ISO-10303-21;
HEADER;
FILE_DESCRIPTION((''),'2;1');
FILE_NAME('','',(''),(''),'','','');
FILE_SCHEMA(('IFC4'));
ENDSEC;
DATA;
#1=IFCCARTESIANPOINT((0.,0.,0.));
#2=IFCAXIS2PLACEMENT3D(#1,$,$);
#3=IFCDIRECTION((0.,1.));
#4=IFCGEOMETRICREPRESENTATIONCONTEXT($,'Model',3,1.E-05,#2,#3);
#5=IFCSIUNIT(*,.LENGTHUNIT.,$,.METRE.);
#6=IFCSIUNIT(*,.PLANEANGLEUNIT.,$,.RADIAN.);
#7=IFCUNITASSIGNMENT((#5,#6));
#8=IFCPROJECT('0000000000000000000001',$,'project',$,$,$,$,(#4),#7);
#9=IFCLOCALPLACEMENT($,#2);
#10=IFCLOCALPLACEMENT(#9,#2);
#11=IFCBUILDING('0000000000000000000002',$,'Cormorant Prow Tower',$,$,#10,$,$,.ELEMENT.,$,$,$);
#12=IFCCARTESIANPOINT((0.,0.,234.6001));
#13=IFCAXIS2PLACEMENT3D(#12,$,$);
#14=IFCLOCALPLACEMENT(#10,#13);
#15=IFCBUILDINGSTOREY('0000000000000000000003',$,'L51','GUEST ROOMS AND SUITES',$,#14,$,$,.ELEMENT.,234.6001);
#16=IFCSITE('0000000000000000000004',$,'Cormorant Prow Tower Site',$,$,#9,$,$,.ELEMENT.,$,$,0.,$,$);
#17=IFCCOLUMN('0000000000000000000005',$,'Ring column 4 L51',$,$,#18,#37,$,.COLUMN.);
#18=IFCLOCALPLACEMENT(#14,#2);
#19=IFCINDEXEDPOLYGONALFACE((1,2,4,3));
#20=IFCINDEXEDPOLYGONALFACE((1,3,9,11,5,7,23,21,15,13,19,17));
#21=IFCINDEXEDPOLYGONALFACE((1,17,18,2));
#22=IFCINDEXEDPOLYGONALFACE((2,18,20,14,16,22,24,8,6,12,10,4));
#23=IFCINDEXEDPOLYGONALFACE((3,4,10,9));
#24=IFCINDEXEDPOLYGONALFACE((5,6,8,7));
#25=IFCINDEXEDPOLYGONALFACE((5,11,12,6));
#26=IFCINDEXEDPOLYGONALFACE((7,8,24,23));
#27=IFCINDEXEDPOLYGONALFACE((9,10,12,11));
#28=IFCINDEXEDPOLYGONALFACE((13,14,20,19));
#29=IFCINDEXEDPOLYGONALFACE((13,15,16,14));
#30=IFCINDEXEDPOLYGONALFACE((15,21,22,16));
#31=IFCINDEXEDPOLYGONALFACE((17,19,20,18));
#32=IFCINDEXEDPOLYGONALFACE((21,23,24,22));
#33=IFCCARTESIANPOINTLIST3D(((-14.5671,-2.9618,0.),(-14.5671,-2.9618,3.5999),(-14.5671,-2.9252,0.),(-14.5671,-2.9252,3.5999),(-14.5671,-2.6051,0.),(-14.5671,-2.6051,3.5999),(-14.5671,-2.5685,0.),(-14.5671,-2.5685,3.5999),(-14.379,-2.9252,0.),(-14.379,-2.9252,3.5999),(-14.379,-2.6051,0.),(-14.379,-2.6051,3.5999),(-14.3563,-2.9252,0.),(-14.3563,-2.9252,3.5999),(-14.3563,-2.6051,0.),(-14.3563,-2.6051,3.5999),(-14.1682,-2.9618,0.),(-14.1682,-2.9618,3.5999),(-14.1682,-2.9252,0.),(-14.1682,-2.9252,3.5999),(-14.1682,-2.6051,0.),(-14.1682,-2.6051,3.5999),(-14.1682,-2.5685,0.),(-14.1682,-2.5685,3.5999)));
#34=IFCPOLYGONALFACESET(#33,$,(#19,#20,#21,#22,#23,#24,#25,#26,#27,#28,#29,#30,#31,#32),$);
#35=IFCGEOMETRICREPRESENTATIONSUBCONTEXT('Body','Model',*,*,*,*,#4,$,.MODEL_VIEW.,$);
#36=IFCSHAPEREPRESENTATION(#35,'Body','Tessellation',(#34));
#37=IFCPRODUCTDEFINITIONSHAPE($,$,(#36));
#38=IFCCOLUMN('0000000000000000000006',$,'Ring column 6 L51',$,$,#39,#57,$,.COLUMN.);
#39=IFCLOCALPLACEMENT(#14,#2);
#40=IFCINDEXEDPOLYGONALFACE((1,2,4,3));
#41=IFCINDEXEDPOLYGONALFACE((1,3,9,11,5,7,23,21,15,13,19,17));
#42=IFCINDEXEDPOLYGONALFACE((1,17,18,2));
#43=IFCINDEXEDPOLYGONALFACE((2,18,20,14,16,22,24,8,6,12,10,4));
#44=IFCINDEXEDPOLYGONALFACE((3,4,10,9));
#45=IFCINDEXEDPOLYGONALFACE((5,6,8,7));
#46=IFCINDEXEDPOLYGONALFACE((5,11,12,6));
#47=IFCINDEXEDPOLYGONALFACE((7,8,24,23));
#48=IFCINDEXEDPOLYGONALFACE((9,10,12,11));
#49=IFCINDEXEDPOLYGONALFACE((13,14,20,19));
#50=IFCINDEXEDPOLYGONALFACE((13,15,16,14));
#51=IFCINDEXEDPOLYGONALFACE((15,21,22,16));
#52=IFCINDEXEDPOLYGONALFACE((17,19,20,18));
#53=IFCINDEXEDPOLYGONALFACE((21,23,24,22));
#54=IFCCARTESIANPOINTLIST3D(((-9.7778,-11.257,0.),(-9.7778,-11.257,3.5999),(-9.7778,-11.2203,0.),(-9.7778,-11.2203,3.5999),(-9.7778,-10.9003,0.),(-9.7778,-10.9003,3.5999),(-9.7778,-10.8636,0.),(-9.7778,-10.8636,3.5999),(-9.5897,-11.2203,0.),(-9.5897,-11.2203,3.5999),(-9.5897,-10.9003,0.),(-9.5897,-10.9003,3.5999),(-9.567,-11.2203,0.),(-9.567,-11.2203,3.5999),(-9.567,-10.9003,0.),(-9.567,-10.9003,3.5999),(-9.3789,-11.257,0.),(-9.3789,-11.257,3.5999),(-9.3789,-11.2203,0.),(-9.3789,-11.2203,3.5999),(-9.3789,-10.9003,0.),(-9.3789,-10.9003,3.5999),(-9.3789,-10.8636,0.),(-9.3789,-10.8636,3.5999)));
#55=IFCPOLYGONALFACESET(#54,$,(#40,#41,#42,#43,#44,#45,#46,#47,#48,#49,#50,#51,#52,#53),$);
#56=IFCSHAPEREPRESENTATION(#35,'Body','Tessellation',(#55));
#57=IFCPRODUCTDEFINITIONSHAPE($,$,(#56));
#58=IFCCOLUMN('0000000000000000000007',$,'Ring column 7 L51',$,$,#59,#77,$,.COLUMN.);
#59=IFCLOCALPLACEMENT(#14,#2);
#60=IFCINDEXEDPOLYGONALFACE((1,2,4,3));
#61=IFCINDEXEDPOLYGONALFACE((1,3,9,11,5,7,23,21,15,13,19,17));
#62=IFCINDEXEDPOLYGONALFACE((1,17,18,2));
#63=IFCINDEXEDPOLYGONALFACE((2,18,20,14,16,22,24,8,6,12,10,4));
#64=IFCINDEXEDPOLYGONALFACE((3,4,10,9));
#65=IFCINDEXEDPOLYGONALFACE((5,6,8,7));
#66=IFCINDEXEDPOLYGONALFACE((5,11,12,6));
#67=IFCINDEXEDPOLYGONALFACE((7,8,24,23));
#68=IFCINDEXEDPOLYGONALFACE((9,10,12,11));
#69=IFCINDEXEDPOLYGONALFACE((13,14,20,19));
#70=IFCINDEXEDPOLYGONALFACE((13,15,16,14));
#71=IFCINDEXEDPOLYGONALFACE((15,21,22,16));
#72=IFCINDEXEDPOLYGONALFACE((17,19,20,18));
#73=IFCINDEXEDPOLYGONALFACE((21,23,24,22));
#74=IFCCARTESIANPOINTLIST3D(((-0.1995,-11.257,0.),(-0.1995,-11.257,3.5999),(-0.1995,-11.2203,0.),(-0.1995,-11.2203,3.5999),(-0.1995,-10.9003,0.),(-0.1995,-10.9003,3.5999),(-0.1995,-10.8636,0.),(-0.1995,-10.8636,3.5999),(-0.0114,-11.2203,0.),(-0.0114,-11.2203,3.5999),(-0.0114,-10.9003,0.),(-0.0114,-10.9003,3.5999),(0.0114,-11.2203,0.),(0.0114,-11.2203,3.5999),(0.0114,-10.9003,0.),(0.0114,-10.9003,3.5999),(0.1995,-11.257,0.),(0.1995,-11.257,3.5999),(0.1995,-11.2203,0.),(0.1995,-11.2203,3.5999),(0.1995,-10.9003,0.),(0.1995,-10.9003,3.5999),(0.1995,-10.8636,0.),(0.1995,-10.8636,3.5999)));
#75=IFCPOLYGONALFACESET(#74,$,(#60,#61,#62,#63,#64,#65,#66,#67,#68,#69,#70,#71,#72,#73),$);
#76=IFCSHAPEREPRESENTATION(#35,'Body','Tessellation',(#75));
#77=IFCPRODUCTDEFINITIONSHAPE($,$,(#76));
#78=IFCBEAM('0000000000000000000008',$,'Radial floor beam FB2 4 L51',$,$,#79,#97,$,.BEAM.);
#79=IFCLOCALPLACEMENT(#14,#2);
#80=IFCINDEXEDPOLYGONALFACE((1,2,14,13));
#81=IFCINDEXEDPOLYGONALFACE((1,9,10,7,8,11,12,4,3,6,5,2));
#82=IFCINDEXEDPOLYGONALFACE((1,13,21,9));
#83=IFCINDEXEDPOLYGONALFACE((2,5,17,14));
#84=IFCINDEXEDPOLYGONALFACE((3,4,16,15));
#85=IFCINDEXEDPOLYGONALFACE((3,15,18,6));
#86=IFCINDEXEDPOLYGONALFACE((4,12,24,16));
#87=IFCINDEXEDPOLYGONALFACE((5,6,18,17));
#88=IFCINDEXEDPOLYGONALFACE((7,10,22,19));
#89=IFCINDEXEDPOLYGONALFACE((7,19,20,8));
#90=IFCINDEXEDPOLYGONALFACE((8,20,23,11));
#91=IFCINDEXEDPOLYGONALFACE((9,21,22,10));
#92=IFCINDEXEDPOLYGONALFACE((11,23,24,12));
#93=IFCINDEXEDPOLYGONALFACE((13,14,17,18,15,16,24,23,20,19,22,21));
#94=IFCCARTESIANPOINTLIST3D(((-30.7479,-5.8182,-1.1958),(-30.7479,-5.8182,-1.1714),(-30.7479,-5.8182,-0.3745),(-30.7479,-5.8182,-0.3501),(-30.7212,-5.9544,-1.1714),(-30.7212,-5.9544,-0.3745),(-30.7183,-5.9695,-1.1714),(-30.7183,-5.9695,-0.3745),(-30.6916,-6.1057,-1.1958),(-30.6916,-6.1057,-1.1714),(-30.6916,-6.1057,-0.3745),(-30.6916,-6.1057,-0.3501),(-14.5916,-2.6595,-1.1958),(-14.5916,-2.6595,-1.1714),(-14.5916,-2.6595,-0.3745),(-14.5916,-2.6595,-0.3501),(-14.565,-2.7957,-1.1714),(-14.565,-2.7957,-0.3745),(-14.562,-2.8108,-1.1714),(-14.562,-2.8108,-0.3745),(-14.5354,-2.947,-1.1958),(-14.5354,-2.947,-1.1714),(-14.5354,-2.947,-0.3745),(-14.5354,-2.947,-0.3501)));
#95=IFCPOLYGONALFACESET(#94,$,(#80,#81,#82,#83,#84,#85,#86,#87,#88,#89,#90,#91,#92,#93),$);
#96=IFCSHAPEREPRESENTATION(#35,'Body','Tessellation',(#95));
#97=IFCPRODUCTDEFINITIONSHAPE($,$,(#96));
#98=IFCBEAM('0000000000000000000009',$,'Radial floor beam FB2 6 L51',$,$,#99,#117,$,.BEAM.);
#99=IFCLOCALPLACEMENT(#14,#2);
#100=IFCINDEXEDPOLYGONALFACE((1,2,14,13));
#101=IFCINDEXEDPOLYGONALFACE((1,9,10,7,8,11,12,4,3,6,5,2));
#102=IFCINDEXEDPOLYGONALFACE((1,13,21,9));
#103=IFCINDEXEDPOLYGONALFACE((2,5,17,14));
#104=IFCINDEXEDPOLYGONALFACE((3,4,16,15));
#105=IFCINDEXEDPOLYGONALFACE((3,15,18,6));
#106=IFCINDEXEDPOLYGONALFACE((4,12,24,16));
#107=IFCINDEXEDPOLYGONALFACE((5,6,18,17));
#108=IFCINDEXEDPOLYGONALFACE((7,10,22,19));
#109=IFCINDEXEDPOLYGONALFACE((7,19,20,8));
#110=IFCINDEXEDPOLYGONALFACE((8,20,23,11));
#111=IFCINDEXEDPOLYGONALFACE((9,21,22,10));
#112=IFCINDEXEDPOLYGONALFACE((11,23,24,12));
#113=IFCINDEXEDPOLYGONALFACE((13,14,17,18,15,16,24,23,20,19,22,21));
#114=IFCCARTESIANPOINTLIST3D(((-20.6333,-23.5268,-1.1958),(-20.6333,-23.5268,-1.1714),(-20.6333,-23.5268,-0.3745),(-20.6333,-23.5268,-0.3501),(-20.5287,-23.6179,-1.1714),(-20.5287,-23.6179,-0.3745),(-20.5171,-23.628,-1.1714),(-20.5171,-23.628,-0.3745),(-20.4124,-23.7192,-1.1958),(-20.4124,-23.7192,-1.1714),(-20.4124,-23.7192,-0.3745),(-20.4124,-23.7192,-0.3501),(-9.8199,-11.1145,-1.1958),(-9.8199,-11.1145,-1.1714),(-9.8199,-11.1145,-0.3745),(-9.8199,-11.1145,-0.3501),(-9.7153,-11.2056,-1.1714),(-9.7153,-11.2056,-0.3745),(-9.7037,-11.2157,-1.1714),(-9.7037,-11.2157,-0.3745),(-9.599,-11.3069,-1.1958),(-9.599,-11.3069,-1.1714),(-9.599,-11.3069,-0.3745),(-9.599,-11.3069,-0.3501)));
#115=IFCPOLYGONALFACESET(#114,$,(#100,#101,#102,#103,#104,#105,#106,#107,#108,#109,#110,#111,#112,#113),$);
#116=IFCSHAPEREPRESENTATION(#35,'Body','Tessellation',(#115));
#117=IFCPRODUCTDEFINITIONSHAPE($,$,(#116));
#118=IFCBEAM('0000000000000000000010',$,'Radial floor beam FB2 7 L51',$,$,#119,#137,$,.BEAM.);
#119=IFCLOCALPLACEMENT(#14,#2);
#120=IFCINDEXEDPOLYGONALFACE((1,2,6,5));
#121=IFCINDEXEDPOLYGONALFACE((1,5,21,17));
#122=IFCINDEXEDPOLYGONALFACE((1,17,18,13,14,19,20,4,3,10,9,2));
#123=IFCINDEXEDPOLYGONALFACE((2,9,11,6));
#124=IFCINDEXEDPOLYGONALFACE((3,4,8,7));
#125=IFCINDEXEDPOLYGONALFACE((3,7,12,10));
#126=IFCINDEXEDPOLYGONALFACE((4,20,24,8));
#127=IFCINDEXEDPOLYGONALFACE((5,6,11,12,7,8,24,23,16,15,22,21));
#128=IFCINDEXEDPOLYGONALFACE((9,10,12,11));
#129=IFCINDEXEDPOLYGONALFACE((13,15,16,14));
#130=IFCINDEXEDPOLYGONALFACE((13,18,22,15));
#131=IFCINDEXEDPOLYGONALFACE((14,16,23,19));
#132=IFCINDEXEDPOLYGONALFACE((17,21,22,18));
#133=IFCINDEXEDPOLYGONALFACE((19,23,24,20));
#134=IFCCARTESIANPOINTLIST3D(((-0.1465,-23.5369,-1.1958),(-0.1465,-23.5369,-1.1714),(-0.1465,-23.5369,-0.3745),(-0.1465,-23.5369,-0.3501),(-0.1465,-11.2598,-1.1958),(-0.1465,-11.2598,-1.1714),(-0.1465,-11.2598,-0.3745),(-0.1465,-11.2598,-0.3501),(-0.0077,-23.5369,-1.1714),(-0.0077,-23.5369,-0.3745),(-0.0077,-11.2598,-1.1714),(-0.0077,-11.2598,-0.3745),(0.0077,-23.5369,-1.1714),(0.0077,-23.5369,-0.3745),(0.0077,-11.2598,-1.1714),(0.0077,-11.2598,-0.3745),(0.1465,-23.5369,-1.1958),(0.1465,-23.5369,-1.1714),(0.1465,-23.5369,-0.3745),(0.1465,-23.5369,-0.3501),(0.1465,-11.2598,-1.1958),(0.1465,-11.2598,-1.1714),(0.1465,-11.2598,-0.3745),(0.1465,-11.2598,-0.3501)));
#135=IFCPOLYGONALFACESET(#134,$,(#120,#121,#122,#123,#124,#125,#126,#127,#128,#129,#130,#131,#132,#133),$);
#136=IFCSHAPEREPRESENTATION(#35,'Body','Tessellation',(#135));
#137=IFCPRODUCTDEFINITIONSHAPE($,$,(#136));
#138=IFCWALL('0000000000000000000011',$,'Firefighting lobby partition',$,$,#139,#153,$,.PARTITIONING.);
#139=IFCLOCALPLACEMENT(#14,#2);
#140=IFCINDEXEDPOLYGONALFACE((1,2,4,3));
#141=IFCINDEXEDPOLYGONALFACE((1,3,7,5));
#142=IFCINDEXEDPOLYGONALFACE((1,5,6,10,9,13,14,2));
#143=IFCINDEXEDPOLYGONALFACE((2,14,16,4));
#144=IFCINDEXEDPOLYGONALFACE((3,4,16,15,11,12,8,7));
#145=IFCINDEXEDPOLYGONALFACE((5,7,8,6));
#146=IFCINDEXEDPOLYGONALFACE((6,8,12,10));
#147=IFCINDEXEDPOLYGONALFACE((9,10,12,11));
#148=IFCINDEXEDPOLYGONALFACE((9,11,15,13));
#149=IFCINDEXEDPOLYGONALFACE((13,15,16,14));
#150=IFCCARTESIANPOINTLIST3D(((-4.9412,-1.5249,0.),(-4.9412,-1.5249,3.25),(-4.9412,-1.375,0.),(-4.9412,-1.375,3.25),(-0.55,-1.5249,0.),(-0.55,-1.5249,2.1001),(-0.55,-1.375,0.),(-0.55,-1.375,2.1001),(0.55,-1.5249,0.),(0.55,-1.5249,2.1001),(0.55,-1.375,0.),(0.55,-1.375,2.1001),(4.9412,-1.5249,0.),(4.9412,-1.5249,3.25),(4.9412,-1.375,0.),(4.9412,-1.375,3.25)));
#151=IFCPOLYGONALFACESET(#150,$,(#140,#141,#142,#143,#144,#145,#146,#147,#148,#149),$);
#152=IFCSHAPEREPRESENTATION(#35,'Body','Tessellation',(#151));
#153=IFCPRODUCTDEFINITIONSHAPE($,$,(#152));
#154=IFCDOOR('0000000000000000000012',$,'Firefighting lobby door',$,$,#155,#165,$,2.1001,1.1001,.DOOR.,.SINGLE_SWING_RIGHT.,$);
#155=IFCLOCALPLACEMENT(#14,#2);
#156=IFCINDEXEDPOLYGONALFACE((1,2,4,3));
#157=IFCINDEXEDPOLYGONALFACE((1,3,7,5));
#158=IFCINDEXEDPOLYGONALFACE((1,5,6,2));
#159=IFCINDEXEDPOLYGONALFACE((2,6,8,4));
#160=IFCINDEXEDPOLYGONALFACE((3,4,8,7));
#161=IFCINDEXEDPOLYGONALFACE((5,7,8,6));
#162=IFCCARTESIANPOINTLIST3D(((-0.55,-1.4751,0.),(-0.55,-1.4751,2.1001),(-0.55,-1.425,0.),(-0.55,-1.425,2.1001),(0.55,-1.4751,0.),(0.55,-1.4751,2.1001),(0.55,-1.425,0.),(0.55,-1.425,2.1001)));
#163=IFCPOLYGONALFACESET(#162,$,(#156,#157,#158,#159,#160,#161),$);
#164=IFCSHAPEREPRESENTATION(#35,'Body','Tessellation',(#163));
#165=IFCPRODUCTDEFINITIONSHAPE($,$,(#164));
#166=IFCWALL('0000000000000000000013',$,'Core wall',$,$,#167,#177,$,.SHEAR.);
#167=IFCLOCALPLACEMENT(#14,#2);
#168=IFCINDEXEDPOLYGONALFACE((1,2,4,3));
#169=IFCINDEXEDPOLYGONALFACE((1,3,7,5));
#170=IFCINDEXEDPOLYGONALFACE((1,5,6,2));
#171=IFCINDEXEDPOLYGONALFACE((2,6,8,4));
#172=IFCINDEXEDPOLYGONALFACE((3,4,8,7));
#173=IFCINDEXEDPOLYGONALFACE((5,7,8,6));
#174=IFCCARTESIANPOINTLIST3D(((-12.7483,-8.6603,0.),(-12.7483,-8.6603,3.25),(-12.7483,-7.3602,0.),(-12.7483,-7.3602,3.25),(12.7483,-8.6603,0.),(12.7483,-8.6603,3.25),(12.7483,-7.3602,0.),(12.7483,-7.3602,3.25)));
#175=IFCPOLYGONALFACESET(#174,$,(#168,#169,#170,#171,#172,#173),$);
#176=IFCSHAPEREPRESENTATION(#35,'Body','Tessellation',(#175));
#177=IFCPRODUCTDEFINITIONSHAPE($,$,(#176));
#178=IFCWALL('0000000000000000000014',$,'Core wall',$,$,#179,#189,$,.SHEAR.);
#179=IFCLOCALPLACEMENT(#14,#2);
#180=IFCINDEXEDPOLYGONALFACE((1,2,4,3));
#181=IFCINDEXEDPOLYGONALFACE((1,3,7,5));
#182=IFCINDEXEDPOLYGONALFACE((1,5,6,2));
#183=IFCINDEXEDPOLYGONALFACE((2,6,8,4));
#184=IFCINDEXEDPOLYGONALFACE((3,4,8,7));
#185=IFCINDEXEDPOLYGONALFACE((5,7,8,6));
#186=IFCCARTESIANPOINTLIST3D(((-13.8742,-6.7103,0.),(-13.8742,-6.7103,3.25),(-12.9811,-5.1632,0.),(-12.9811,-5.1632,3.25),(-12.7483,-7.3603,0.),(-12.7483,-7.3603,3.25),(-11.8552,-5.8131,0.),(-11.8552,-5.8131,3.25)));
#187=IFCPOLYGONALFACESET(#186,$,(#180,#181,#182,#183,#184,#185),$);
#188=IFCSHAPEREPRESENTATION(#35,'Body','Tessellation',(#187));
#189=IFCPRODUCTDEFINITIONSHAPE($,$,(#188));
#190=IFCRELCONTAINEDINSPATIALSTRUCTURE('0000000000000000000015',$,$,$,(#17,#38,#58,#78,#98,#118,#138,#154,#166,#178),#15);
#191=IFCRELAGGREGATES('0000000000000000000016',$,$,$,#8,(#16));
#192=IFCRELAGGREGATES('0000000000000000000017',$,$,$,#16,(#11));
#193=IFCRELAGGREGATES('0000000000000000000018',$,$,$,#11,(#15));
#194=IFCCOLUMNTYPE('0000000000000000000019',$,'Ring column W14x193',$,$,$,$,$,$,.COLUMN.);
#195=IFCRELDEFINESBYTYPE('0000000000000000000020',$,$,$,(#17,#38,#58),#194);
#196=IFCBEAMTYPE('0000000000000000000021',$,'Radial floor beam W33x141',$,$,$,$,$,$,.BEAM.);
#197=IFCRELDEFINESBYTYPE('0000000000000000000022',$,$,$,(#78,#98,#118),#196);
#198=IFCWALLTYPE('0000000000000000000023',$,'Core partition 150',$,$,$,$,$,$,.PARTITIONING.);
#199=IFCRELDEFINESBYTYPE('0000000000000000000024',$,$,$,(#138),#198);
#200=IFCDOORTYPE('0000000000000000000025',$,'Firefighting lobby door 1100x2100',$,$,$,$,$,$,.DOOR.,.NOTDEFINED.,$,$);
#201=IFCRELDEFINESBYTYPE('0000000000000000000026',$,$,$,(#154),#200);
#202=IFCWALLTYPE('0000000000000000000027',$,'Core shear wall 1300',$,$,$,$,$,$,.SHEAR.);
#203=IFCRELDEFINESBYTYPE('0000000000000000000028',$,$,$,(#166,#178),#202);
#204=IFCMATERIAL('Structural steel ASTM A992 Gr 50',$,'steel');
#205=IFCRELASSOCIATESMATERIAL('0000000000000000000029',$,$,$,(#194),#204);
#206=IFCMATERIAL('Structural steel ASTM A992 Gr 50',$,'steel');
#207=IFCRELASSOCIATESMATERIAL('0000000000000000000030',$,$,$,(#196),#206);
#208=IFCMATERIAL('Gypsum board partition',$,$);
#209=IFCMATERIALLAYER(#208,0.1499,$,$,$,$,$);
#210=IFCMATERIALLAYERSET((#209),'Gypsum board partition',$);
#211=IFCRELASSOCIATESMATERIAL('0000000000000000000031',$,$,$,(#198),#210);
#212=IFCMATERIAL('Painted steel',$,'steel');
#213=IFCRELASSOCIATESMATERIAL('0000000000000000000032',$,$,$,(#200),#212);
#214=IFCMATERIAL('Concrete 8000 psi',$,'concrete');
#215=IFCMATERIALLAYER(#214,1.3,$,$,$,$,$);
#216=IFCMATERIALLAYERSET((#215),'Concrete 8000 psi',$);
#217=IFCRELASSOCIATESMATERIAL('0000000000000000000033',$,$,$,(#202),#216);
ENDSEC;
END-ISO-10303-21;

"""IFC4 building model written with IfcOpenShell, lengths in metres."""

from ifc_helpers import new_model, si_unit, direction, frame, frame_2d, origin, origin_2d, place, context, subcontext, project, spatial, rectangle, i_section, extrude, material, layer, layer_set, material_profile, profile_set, type_object, element, fill, save


model = new_model("IFC4")

# Units and contexts
model_context = context("Model", 3, precision=1e-05, world=origin(), true_north=direction((0.0, 1.0)))
body_context = subcontext(model_context, "Body", "Model", "MODEL_VIEW")
ifc_project = project(units=[si_unit("LENGTHUNIT", "METRE"), si_unit("PLANEANGLEUNIT", "RADIAN")], contexts=[model_context])

# Site, building, storey
site_placement = place(None, origin())
site = spatial("IfcSite", under=ifc_project, at=site_placement, Name="Cormorant Prow Tower Site", CompositionType="ELEMENT", RefElevation=0.0)
building_placement = place(site_placement, origin())
building = spatial("IfcBuilding", under=site, at=building_placement, Name="Cormorant Prow Tower", CompositionType="ELEMENT")
storey_placement = place(building_placement, frame((0.0, 0.0, 234.6001)))
storey = spatial("IfcBuildingStorey", under=building, at=storey_placement, Name="L51", Description="GUEST ROOMS AND SUITES", CompositionType="ELEMENT", Elevation=234.6001)

# Columns
ifc_material_1 = material(Name="Structural steel ASTM A992 Gr 50", Category="steel")
ifc_material_profile_1 = material_profile(ifc_material_1, i_section(OverallWidth=0.3989, OverallDepth=0.3933, WebThickness=0.0227, FlangeThickness=0.0366, at=origin_2d()), Name="W14x193")
ifc_profile_set_1 = profile_set([ifc_material_profile_1], Name="Structural steel ASTM A992 Gr 50")
column_type = type_object("IfcColumnType", Name="Ring column W14x193", PredefinedType="COLUMN", material=ifc_profile_set_1)
for number, where, z_axis, x_axis, name in (
    (1, (-14.3677, -2.7651, 0.0), (0.0, 0.0, 1.0), (1.0, 0.0, 0.0), "Ring column 4 L51"),
    (2, (-9.5784, -11.0603, 0.0), (0.0, 0.0, 1.0), (1.0, 0.0, 0.0), "Ring column 6 L51"),
    (3, (0.0, -11.0603, 0.0), (0.0, 0.0, 1.0), (1.0, 0.0, 0.0), "Ring column 7 L51"),
):
    element("IfcColumn", number, at=place(storey_placement, frame(where, z_axis=z_axis, x_axis=x_axis)), inside=storey, type_object=column_type, Name=name, PredefinedType="COLUMN", context=body_context, shape_type="SweptSolid", body=[
        extrude(i_section(OverallWidth=0.3989, OverallDepth=0.3933, WebThickness=0.0227, FlangeThickness=0.0366, at=origin_2d()), origin(), (0.0, 0.0, 1.0), 3.5999),
    ])

# Beams
ifc_material_2 = material(Name="Structural steel ASTM A992 Gr 50", Category="steel")
ifc_material_profile_2 = material_profile(ifc_material_2, i_section(OverallWidth=0.293, OverallDepth=0.8457, WebThickness=0.0154, FlangeThickness=0.0244, at=origin_2d()), Name="W33x141")
ifc_profile_set_2 = profile_set([ifc_material_profile_2], Name="Structural steel ASTM A992 Gr 50")
beam_type = type_object("IfcBeamType", Name="Radial floor beam W33x141", PredefinedType="BEAM", material=ifc_profile_set_2)
beam_1_placement = place(storey_placement, frame((-14.5635, -2.8032, -0.7729), z_axis=(-0.981419, -0.191876, 0.0), x_axis=(0.191876, -0.981419, 0.0)))
element("IfcBeam", 4, at=beam_1_placement, inside=storey, type_object=beam_type, Name="Radial floor beam FB2 4 L51", PredefinedType="BEAM", context=body_context, shape_type="SweptSolid", body=[
    extrude(i_section(OverallWidth=0.293, OverallDepth=0.8457, WebThickness=0.0154, FlangeThickness=0.0244, at=origin_2d()), origin(), (0.0, 0.0, 1.0), 16.4622),
])
beam_2_placement = place(storey_placement, frame((-9.7095, -11.2107, -0.7729), z_axis=(-0.656875, -0.754, 0.0), x_axis=(0.754, -0.656875, 0.0)))
element("IfcBeam", 5, at=beam_2_placement, inside=storey, type_object=beam_type, Name="Radial floor beam FB2 6 L51", PredefinedType="BEAM", context=body_context, shape_type="SweptSolid", body=[
    extrude(i_section(OverallWidth=0.293, OverallDepth=0.8457, WebThickness=0.0154, FlangeThickness=0.0244, at=origin_2d()), origin(), (0.0, 0.0, 1.0), 16.4619),
])
beam_3_placement = place(storey_placement, frame((0.0, -11.2598, -0.7729), z_axis=(0.0, -1.0, 0.0), x_axis=(1.0, 0.0, 0.0)))
element("IfcBeam", 6, at=beam_3_placement, inside=storey, type_object=beam_type, Name="Radial floor beam FB2 7 L51", PredefinedType="BEAM", context=body_context, shape_type="SweptSolid", body=[
    extrude(i_section(OverallWidth=0.293, OverallDepth=0.8457, WebThickness=0.0154, FlangeThickness=0.0244, at=origin_2d()), origin(), (0.0, 0.0, 1.0), 12.2771),
])

# Wall, opening, door
ifc_material_3 = material(Name="Gypsum board partition")
ifc_layer_1 = layer(ifc_material_3, 0.1499)
ifc_layer_set_1 = layer_set([ifc_layer_1], Name="Gypsum board partition")
wall_type_1 = type_object("IfcWallType", Name="Core partition 150", PredefinedType="PARTITIONING", material=ifc_layer_set_1)
wall_1_placement = place(storey_placement, frame((-4.9412, -1.45, 0.0), z_axis=(0.0, 0.0, 1.0), x_axis=(1.0, 0.0, 0.0)))
wall_1 = element("IfcWall", 7, at=wall_1_placement, inside=storey, type_object=wall_type_1, Name="Firefighting lobby partition", PredefinedType="PARTITIONING", context=body_context, shape_type="SweptSolid", body=[
    extrude(rectangle(XDim=9.8823, YDim=0.1499, at=frame_2d((4.9412, 0.0))), origin(), (0.0, 0.0, 1.0), 3.25),
])
opening_1_placement = place(wall_1_placement, frame((4.3911, 0.0, 0.0)))
opening_1 = element("IfcOpeningElement", 8, at=opening_1_placement, cuts=wall_1, PredefinedType="OPENING", context=body_context, shape_type="SweptSolid", body=[
    extrude(rectangle(XDim=1.1001, YDim=2.1001, at=frame_2d((0.55, 1.05))), frame((0.0, 0.085, 0.0), z_axis=(0.0, -1.0, 0.0), x_axis=(1.0, 0.0, 0.0)), (0.0, 0.0, 1.0), 0.1699),
])
ifc_material_4 = material(Name="Painted steel", Category="steel")
door_type_1 = type_object("IfcDoorType", Name="Firefighting lobby door 1100x2100", OperationType="NOTDEFINED", PredefinedType="DOOR", material=ifc_material_4)
door_1_placement = place(opening_1_placement, origin())
door_1 = element("IfcDoor", 9, at=door_1_placement, inside=storey, type_object=door_type_1, Name="Firefighting lobby door", OperationType="SINGLE_SWING_RIGHT", OverallHeight=2.1001, OverallWidth=1.1001, PredefinedType="DOOR", context=body_context, shape_type="SweptSolid", body=[
    extrude(rectangle(XDim=1.1001, YDim=2.1001, at=frame_2d((0.55, 1.05))), frame((0.0, 0.0249, 0.0), z_axis=(0.0, -1.0, 0.0), x_axis=(1.0, 0.0, 0.0)), (0.0, 0.0, 1.0), 0.05),
])
fill(opening_1, door_1)

# Walls
ifc_material_5 = material(Name="Concrete 8000 psi", Category="concrete")
ifc_layer_2 = layer(ifc_material_5, 1.3)
ifc_layer_set_2 = layer_set([ifc_layer_2], Name="Concrete 8000 psi")
wall_type_2 = type_object("IfcWallType", Name="Core shear wall 1300", PredefinedType="SHEAR", material=ifc_layer_set_2)
wall_2_placement = place(storey_placement, frame((-12.7483, -8.0103, 0.0), z_axis=(0.0, 0.0, 1.0), x_axis=(1.0, 0.0, 0.0)))
element("IfcWall", 10, at=wall_2_placement, inside=storey, type_object=wall_type_2, Name="Core wall", PredefinedType="SHEAR", context=body_context, shape_type="SweptSolid", body=[
    extrude(rectangle(XDim=25.4966, YDim=1.3, at=frame_2d((12.7483, 0.0))), origin(), (0.0, 0.0, 1.0), 3.25),
])
wall_3_placement = place(storey_placement, frame((-12.4182, -5.4883, 0.0), z_axis=(0.0, 0.0, 1.0), x_axis=(-0.499931, -0.866065, 0.0)))
element("IfcWall", 11, at=wall_3_placement, inside=storey, type_object=wall_type_2, Name="Core wall", PredefinedType="SHEAR", context=body_context, shape_type="SweptSolid", body=[
    extrude(rectangle(XDim=1.7864, YDim=1.3, at=frame_2d((0.8931, 0.0))), origin(), (0.0, 0.0, 1.0), 3.25),
])

save(model, "model.ifc")
